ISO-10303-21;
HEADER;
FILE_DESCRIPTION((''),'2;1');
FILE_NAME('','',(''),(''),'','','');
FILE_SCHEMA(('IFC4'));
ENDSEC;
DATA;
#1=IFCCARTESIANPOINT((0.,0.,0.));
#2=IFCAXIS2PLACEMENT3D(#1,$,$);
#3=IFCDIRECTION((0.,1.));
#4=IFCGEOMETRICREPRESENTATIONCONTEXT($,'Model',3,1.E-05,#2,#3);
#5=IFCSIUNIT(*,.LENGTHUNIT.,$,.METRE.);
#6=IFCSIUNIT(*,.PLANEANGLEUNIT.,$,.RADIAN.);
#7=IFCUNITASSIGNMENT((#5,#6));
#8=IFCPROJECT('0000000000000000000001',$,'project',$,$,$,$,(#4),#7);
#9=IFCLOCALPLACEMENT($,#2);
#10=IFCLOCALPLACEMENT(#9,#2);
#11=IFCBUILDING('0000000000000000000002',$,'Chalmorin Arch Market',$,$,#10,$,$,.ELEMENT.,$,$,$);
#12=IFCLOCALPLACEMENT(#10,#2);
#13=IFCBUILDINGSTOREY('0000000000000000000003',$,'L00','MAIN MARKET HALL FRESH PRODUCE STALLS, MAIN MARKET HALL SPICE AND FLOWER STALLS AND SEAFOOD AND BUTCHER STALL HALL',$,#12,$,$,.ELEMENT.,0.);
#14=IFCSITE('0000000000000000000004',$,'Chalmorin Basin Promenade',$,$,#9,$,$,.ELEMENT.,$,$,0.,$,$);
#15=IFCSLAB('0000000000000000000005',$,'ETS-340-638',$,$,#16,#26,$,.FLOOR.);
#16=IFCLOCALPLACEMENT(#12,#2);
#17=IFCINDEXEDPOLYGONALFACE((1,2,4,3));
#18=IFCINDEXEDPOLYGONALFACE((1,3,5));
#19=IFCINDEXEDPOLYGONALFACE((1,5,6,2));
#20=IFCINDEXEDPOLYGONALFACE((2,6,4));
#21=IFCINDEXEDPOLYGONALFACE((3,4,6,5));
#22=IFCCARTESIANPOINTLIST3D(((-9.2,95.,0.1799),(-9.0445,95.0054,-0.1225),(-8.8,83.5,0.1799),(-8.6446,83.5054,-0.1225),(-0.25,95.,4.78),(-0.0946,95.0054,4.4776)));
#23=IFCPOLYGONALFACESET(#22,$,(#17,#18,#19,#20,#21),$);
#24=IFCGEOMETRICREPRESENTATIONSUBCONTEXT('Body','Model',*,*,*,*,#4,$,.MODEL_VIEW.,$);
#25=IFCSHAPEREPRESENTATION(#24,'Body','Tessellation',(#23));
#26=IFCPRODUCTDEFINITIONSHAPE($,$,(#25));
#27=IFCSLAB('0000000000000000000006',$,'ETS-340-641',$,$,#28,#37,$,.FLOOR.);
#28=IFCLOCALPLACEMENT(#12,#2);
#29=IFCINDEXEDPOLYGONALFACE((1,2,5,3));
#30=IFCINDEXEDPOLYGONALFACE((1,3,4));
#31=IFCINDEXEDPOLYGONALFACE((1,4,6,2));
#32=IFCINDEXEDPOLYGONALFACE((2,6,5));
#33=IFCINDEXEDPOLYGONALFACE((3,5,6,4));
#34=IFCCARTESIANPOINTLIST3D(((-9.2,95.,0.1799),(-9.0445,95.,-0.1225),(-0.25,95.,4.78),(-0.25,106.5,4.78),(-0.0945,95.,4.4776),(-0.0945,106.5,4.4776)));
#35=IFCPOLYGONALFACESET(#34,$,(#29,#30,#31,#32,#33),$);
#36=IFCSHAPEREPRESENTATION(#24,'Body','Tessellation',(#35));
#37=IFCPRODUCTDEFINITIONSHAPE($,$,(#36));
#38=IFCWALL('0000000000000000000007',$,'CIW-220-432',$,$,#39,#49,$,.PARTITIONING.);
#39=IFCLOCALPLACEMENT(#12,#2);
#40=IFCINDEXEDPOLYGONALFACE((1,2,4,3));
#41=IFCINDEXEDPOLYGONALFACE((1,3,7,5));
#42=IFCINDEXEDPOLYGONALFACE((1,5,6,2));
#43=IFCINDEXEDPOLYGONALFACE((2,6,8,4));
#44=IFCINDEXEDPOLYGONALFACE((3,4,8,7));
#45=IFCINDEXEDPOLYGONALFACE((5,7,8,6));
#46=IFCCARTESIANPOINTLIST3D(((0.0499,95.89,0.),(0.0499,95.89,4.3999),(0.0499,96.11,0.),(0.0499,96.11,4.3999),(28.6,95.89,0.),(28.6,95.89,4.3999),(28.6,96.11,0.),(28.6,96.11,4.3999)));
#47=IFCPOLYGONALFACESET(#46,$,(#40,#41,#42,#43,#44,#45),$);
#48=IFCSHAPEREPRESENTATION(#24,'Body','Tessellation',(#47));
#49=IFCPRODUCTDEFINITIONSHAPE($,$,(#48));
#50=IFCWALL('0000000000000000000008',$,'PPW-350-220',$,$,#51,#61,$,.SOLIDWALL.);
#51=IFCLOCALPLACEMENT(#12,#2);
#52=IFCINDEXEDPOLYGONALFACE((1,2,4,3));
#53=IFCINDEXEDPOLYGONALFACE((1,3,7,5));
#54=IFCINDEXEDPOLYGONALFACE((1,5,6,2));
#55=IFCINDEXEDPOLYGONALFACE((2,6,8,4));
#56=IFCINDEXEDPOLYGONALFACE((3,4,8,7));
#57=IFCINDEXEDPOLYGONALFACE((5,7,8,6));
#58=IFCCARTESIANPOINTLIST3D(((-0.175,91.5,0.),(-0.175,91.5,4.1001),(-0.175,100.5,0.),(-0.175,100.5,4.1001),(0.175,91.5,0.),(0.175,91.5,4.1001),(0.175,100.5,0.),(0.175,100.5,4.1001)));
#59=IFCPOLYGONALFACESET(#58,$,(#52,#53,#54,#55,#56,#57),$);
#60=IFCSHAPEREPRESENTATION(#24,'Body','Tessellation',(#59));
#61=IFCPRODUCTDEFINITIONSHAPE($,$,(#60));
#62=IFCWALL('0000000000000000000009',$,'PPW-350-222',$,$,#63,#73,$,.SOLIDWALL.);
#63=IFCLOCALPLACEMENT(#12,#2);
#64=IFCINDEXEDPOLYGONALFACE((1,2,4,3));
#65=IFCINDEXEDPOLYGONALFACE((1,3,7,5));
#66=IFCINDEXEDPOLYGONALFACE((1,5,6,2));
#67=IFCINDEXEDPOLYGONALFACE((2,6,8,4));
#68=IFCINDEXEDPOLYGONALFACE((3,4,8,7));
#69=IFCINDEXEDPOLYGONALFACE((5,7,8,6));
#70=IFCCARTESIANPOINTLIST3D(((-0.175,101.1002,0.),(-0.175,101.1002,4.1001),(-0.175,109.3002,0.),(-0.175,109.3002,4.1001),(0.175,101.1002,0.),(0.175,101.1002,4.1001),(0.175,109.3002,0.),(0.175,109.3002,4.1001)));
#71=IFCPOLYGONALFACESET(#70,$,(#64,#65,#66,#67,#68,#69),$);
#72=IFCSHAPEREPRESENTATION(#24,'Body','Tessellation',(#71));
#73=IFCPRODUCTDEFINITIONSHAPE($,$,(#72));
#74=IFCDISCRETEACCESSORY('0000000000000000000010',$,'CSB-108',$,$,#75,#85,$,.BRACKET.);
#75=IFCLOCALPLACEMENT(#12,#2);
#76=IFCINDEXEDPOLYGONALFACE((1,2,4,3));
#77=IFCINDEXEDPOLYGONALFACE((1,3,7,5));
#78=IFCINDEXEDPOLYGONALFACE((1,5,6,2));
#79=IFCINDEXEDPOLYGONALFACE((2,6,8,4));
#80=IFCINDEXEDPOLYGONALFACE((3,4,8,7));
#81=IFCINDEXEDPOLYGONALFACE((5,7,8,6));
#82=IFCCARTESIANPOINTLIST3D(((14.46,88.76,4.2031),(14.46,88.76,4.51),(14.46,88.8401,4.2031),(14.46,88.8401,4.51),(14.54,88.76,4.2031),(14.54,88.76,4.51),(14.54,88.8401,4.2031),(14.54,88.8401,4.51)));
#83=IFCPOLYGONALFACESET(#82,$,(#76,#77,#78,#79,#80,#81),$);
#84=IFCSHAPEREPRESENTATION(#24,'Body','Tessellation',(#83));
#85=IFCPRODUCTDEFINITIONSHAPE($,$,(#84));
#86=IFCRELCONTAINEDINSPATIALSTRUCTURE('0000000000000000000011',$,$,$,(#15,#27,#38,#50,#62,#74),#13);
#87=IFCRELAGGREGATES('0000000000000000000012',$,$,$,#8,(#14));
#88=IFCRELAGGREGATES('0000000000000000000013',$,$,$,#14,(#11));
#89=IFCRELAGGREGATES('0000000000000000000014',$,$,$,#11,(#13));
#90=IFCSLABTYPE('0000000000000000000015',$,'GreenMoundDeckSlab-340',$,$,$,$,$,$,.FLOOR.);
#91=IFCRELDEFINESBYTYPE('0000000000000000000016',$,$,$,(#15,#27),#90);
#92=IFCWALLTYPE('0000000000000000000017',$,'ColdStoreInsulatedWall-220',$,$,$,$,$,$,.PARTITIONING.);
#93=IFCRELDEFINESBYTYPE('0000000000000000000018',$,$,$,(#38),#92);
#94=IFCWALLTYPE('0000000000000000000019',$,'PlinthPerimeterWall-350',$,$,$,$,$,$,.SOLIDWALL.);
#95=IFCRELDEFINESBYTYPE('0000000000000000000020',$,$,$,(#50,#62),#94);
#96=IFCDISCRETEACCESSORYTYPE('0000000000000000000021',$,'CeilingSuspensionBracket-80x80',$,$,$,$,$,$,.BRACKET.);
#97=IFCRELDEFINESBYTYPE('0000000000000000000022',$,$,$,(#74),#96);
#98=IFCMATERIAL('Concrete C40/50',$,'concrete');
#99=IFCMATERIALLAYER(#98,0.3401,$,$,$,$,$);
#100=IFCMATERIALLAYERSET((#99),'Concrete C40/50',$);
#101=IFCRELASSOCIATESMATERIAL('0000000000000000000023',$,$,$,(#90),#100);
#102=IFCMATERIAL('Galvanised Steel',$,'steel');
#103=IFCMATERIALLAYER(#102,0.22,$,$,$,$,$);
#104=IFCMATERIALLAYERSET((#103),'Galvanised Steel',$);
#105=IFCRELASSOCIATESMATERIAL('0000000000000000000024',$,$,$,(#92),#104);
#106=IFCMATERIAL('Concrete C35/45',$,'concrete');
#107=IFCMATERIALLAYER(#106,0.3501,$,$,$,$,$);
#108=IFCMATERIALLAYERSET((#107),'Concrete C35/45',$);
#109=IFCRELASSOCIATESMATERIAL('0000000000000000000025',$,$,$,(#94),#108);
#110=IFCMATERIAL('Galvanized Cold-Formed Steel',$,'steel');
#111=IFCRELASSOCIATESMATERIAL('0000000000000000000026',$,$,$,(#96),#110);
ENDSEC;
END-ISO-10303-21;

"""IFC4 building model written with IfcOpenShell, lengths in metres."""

from ifc_helpers import new_model, si_unit, direction, frame, frame_2d, origin, origin_2d, place, context, subcontext, project, spatial, polyline, rectangle, outline, extrude, material, layer, layer_set, type_object, element, save


model = new_model("IFC4")

# Units and contexts
model_context = context("Model", 3, precision=1e-05, world=origin(), true_north=direction((0.0, 1.0)))
body_context = subcontext(model_context, "Body", "Model", "MODEL_VIEW")
ifc_project = project(units=[si_unit("LENGTHUNIT", "METRE"), si_unit("PLANEANGLEUNIT", "RADIAN")], contexts=[model_context])

# Site, building, storey
site_placement = place(None, origin())
site = spatial("IfcSite", under=ifc_project, at=site_placement, Name="Chalmorin Basin Promenade", CompositionType="ELEMENT", RefElevation=0.0)
building_placement = place(site_placement, origin())
building = spatial("IfcBuilding", under=site, at=building_placement, Name="Chalmorin Arch Market", CompositionType="ELEMENT")
storey_placement = place(building_placement, origin())
storey = spatial("IfcBuildingStorey", under=building, at=storey_placement, Name="L00", Description="MAIN MARKET HALL FRESH PRODUCE STALLS, MAIN MARKET HALL SPICE AND FLOWER STALLS AND SEAFOOD AND BUTCHER STALL HALL", CompositionType="ELEMENT", Elevation=0.0)

# Shared definitions
ifc_material_1 = material(Name="Concrete C40/50", Category="concrete")

# Slabs
ifc_layer_1 = layer(ifc_material_1, 0.3401)
ifc_layer_set_1 = layer_set([ifc_layer_1], Name="Concrete C40/50")
slab_type = type_object("IfcSlabType", Name="GreenMoundDeckSlab-340", PredefinedType="FLOOR", material=ifc_layer_set_1)
slab_1_placement = place(storey_placement, frame((-0.25, 95.0, 4.78), z_axis=(-0.457075, -0.015894, 0.889286), x_axis=(-0.889398, 0.0, -0.457133)))
element("IfcSlab", 1, at=slab_1_placement, inside=storey, type_object=slab_type, Name="ETS-340-638", PredefinedType="FLOOR", context=body_context, shape_type="SweptSolid", body=[
    extrude(outline(polyline([(0.0, 0.0), (10.0629, 0.0), (9.7073, 11.5015), (0.0, 0.0)])), origin(), (0.0, 0.0, -1.0), 0.3401),
])
slab_2_placement = place(storey_placement, frame((-0.25, 95.0, 4.78), z_axis=(-0.457133, 0.0, 0.889398), x_axis=(0.0, 1.0, 0.0)))
element("IfcSlab", 2, at=slab_2_placement, inside=storey, type_object=slab_type, Name="ETS-340-641", PredefinedType="FLOOR", context=body_context, shape_type="SweptSolid", body=[
    extrude(outline(polyline([(0.0, 0.0), (11.5, 0.0), (0.0, 10.0629), (0.0, 0.0)])), origin(), (0.0, 0.0, -1.0), 0.3401),
])

# Walls
ifc_material_2 = material(Name="Galvanised Steel", Category="steel")
ifc_layer_2 = layer(ifc_material_2, 0.22)
ifc_layer_set_2 = layer_set([ifc_layer_2], Name="Galvanised Steel")
wall_type_1 = type_object("IfcWallType", Name="ColdStoreInsulatedWall-220", PredefinedType="PARTITIONING", material=ifc_layer_set_2)
wall_1_placement = place(storey_placement, frame((0.05, 96.0, 0.0), z_axis=(0.0, 0.0, 1.0), x_axis=(1.0, 0.0, 0.0)))
element("IfcWall", 3, at=wall_1_placement, inside=storey, type_object=wall_type_1, Name="CIW-220-432", PredefinedType="PARTITIONING", context=body_context, shape_type="SweptSolid", body=[
    extrude(rectangle(XDim=28.55, YDim=0.22, at=frame_2d((14.2749, 0.0))), origin(), (0.0, 0.0, 1.0), 4.3999),
])
ifc_material_3 = material(Name="Concrete C35/45", Category="concrete")
ifc_layer_3 = layer(ifc_material_3, 0.3501)
ifc_layer_set_3 = layer_set([ifc_layer_3], Name="Concrete C35/45")
wall_type_2 = type_object("IfcWallType", Name="PlinthPerimeterWall-350", PredefinedType="SOLIDWALL", material=ifc_layer_set_3)
wall_2_placement = place(storey_placement, frame((0.0, 91.5, 0.0), z_axis=(0.0, 0.0, 1.0), x_axis=(0.0, 1.0, 0.0)))
element("IfcWall", 4, at=wall_2_placement, inside=storey, type_object=wall_type_2, Name="PPW-350-220", PredefinedType="SOLIDWALL", context=body_context, shape_type="SweptSolid", body=[
    extrude(rectangle(XDim=9.0, YDim=0.3501, at=frame_2d((4.5, 0.0))), origin(), (0.0, 0.0, 1.0), 4.1001),
])
wall_3_placement = place(storey_placement, frame((0.0, 101.1001, 0.0), z_axis=(0.0, 0.0, 1.0), x_axis=(0.0, 1.0, 0.0)))
element("IfcWall", 5, at=wall_3_placement, inside=storey, type_object=wall_type_2, Name="PPW-350-222", PredefinedType="SOLIDWALL", context=body_context, shape_type="SweptSolid", body=[
    extrude(rectangle(XDim=8.2, YDim=0.3501, at=frame_2d((4.1001, 0.0))), origin(), (0.0, 0.0, 1.0), 4.1001),
])

# Discrete accessory
ifc_material_4 = material(Name="Galvanized Cold-Formed Steel", Category="steel")
discrete_accessory_type = type_object("IfcDiscreteAccessoryType", Name="CeilingSuspensionBracket-80x80", PredefinedType="BRACKET", material=ifc_material_4)
discrete_accessory_placement = place(storey_placement, frame((14.5, 88.8, 4.2031), z_axis=(0.0, 0.0, 1.0), x_axis=(1.0, 0.0, 0.0)))
element("IfcDiscreteAccessory", 6, at=discrete_accessory_placement, inside=storey, type_object=discrete_accessory_type, Name="CSB-108", PredefinedType="BRACKET", context=body_context, shape_type="SweptSolid", body=[
    extrude(rectangle(XDim=0.0801, YDim=0.0801, at=origin_2d()), origin(), (0.0, 0.0, 1.0), 0.3069),
])

save(model, "model.ifc")
